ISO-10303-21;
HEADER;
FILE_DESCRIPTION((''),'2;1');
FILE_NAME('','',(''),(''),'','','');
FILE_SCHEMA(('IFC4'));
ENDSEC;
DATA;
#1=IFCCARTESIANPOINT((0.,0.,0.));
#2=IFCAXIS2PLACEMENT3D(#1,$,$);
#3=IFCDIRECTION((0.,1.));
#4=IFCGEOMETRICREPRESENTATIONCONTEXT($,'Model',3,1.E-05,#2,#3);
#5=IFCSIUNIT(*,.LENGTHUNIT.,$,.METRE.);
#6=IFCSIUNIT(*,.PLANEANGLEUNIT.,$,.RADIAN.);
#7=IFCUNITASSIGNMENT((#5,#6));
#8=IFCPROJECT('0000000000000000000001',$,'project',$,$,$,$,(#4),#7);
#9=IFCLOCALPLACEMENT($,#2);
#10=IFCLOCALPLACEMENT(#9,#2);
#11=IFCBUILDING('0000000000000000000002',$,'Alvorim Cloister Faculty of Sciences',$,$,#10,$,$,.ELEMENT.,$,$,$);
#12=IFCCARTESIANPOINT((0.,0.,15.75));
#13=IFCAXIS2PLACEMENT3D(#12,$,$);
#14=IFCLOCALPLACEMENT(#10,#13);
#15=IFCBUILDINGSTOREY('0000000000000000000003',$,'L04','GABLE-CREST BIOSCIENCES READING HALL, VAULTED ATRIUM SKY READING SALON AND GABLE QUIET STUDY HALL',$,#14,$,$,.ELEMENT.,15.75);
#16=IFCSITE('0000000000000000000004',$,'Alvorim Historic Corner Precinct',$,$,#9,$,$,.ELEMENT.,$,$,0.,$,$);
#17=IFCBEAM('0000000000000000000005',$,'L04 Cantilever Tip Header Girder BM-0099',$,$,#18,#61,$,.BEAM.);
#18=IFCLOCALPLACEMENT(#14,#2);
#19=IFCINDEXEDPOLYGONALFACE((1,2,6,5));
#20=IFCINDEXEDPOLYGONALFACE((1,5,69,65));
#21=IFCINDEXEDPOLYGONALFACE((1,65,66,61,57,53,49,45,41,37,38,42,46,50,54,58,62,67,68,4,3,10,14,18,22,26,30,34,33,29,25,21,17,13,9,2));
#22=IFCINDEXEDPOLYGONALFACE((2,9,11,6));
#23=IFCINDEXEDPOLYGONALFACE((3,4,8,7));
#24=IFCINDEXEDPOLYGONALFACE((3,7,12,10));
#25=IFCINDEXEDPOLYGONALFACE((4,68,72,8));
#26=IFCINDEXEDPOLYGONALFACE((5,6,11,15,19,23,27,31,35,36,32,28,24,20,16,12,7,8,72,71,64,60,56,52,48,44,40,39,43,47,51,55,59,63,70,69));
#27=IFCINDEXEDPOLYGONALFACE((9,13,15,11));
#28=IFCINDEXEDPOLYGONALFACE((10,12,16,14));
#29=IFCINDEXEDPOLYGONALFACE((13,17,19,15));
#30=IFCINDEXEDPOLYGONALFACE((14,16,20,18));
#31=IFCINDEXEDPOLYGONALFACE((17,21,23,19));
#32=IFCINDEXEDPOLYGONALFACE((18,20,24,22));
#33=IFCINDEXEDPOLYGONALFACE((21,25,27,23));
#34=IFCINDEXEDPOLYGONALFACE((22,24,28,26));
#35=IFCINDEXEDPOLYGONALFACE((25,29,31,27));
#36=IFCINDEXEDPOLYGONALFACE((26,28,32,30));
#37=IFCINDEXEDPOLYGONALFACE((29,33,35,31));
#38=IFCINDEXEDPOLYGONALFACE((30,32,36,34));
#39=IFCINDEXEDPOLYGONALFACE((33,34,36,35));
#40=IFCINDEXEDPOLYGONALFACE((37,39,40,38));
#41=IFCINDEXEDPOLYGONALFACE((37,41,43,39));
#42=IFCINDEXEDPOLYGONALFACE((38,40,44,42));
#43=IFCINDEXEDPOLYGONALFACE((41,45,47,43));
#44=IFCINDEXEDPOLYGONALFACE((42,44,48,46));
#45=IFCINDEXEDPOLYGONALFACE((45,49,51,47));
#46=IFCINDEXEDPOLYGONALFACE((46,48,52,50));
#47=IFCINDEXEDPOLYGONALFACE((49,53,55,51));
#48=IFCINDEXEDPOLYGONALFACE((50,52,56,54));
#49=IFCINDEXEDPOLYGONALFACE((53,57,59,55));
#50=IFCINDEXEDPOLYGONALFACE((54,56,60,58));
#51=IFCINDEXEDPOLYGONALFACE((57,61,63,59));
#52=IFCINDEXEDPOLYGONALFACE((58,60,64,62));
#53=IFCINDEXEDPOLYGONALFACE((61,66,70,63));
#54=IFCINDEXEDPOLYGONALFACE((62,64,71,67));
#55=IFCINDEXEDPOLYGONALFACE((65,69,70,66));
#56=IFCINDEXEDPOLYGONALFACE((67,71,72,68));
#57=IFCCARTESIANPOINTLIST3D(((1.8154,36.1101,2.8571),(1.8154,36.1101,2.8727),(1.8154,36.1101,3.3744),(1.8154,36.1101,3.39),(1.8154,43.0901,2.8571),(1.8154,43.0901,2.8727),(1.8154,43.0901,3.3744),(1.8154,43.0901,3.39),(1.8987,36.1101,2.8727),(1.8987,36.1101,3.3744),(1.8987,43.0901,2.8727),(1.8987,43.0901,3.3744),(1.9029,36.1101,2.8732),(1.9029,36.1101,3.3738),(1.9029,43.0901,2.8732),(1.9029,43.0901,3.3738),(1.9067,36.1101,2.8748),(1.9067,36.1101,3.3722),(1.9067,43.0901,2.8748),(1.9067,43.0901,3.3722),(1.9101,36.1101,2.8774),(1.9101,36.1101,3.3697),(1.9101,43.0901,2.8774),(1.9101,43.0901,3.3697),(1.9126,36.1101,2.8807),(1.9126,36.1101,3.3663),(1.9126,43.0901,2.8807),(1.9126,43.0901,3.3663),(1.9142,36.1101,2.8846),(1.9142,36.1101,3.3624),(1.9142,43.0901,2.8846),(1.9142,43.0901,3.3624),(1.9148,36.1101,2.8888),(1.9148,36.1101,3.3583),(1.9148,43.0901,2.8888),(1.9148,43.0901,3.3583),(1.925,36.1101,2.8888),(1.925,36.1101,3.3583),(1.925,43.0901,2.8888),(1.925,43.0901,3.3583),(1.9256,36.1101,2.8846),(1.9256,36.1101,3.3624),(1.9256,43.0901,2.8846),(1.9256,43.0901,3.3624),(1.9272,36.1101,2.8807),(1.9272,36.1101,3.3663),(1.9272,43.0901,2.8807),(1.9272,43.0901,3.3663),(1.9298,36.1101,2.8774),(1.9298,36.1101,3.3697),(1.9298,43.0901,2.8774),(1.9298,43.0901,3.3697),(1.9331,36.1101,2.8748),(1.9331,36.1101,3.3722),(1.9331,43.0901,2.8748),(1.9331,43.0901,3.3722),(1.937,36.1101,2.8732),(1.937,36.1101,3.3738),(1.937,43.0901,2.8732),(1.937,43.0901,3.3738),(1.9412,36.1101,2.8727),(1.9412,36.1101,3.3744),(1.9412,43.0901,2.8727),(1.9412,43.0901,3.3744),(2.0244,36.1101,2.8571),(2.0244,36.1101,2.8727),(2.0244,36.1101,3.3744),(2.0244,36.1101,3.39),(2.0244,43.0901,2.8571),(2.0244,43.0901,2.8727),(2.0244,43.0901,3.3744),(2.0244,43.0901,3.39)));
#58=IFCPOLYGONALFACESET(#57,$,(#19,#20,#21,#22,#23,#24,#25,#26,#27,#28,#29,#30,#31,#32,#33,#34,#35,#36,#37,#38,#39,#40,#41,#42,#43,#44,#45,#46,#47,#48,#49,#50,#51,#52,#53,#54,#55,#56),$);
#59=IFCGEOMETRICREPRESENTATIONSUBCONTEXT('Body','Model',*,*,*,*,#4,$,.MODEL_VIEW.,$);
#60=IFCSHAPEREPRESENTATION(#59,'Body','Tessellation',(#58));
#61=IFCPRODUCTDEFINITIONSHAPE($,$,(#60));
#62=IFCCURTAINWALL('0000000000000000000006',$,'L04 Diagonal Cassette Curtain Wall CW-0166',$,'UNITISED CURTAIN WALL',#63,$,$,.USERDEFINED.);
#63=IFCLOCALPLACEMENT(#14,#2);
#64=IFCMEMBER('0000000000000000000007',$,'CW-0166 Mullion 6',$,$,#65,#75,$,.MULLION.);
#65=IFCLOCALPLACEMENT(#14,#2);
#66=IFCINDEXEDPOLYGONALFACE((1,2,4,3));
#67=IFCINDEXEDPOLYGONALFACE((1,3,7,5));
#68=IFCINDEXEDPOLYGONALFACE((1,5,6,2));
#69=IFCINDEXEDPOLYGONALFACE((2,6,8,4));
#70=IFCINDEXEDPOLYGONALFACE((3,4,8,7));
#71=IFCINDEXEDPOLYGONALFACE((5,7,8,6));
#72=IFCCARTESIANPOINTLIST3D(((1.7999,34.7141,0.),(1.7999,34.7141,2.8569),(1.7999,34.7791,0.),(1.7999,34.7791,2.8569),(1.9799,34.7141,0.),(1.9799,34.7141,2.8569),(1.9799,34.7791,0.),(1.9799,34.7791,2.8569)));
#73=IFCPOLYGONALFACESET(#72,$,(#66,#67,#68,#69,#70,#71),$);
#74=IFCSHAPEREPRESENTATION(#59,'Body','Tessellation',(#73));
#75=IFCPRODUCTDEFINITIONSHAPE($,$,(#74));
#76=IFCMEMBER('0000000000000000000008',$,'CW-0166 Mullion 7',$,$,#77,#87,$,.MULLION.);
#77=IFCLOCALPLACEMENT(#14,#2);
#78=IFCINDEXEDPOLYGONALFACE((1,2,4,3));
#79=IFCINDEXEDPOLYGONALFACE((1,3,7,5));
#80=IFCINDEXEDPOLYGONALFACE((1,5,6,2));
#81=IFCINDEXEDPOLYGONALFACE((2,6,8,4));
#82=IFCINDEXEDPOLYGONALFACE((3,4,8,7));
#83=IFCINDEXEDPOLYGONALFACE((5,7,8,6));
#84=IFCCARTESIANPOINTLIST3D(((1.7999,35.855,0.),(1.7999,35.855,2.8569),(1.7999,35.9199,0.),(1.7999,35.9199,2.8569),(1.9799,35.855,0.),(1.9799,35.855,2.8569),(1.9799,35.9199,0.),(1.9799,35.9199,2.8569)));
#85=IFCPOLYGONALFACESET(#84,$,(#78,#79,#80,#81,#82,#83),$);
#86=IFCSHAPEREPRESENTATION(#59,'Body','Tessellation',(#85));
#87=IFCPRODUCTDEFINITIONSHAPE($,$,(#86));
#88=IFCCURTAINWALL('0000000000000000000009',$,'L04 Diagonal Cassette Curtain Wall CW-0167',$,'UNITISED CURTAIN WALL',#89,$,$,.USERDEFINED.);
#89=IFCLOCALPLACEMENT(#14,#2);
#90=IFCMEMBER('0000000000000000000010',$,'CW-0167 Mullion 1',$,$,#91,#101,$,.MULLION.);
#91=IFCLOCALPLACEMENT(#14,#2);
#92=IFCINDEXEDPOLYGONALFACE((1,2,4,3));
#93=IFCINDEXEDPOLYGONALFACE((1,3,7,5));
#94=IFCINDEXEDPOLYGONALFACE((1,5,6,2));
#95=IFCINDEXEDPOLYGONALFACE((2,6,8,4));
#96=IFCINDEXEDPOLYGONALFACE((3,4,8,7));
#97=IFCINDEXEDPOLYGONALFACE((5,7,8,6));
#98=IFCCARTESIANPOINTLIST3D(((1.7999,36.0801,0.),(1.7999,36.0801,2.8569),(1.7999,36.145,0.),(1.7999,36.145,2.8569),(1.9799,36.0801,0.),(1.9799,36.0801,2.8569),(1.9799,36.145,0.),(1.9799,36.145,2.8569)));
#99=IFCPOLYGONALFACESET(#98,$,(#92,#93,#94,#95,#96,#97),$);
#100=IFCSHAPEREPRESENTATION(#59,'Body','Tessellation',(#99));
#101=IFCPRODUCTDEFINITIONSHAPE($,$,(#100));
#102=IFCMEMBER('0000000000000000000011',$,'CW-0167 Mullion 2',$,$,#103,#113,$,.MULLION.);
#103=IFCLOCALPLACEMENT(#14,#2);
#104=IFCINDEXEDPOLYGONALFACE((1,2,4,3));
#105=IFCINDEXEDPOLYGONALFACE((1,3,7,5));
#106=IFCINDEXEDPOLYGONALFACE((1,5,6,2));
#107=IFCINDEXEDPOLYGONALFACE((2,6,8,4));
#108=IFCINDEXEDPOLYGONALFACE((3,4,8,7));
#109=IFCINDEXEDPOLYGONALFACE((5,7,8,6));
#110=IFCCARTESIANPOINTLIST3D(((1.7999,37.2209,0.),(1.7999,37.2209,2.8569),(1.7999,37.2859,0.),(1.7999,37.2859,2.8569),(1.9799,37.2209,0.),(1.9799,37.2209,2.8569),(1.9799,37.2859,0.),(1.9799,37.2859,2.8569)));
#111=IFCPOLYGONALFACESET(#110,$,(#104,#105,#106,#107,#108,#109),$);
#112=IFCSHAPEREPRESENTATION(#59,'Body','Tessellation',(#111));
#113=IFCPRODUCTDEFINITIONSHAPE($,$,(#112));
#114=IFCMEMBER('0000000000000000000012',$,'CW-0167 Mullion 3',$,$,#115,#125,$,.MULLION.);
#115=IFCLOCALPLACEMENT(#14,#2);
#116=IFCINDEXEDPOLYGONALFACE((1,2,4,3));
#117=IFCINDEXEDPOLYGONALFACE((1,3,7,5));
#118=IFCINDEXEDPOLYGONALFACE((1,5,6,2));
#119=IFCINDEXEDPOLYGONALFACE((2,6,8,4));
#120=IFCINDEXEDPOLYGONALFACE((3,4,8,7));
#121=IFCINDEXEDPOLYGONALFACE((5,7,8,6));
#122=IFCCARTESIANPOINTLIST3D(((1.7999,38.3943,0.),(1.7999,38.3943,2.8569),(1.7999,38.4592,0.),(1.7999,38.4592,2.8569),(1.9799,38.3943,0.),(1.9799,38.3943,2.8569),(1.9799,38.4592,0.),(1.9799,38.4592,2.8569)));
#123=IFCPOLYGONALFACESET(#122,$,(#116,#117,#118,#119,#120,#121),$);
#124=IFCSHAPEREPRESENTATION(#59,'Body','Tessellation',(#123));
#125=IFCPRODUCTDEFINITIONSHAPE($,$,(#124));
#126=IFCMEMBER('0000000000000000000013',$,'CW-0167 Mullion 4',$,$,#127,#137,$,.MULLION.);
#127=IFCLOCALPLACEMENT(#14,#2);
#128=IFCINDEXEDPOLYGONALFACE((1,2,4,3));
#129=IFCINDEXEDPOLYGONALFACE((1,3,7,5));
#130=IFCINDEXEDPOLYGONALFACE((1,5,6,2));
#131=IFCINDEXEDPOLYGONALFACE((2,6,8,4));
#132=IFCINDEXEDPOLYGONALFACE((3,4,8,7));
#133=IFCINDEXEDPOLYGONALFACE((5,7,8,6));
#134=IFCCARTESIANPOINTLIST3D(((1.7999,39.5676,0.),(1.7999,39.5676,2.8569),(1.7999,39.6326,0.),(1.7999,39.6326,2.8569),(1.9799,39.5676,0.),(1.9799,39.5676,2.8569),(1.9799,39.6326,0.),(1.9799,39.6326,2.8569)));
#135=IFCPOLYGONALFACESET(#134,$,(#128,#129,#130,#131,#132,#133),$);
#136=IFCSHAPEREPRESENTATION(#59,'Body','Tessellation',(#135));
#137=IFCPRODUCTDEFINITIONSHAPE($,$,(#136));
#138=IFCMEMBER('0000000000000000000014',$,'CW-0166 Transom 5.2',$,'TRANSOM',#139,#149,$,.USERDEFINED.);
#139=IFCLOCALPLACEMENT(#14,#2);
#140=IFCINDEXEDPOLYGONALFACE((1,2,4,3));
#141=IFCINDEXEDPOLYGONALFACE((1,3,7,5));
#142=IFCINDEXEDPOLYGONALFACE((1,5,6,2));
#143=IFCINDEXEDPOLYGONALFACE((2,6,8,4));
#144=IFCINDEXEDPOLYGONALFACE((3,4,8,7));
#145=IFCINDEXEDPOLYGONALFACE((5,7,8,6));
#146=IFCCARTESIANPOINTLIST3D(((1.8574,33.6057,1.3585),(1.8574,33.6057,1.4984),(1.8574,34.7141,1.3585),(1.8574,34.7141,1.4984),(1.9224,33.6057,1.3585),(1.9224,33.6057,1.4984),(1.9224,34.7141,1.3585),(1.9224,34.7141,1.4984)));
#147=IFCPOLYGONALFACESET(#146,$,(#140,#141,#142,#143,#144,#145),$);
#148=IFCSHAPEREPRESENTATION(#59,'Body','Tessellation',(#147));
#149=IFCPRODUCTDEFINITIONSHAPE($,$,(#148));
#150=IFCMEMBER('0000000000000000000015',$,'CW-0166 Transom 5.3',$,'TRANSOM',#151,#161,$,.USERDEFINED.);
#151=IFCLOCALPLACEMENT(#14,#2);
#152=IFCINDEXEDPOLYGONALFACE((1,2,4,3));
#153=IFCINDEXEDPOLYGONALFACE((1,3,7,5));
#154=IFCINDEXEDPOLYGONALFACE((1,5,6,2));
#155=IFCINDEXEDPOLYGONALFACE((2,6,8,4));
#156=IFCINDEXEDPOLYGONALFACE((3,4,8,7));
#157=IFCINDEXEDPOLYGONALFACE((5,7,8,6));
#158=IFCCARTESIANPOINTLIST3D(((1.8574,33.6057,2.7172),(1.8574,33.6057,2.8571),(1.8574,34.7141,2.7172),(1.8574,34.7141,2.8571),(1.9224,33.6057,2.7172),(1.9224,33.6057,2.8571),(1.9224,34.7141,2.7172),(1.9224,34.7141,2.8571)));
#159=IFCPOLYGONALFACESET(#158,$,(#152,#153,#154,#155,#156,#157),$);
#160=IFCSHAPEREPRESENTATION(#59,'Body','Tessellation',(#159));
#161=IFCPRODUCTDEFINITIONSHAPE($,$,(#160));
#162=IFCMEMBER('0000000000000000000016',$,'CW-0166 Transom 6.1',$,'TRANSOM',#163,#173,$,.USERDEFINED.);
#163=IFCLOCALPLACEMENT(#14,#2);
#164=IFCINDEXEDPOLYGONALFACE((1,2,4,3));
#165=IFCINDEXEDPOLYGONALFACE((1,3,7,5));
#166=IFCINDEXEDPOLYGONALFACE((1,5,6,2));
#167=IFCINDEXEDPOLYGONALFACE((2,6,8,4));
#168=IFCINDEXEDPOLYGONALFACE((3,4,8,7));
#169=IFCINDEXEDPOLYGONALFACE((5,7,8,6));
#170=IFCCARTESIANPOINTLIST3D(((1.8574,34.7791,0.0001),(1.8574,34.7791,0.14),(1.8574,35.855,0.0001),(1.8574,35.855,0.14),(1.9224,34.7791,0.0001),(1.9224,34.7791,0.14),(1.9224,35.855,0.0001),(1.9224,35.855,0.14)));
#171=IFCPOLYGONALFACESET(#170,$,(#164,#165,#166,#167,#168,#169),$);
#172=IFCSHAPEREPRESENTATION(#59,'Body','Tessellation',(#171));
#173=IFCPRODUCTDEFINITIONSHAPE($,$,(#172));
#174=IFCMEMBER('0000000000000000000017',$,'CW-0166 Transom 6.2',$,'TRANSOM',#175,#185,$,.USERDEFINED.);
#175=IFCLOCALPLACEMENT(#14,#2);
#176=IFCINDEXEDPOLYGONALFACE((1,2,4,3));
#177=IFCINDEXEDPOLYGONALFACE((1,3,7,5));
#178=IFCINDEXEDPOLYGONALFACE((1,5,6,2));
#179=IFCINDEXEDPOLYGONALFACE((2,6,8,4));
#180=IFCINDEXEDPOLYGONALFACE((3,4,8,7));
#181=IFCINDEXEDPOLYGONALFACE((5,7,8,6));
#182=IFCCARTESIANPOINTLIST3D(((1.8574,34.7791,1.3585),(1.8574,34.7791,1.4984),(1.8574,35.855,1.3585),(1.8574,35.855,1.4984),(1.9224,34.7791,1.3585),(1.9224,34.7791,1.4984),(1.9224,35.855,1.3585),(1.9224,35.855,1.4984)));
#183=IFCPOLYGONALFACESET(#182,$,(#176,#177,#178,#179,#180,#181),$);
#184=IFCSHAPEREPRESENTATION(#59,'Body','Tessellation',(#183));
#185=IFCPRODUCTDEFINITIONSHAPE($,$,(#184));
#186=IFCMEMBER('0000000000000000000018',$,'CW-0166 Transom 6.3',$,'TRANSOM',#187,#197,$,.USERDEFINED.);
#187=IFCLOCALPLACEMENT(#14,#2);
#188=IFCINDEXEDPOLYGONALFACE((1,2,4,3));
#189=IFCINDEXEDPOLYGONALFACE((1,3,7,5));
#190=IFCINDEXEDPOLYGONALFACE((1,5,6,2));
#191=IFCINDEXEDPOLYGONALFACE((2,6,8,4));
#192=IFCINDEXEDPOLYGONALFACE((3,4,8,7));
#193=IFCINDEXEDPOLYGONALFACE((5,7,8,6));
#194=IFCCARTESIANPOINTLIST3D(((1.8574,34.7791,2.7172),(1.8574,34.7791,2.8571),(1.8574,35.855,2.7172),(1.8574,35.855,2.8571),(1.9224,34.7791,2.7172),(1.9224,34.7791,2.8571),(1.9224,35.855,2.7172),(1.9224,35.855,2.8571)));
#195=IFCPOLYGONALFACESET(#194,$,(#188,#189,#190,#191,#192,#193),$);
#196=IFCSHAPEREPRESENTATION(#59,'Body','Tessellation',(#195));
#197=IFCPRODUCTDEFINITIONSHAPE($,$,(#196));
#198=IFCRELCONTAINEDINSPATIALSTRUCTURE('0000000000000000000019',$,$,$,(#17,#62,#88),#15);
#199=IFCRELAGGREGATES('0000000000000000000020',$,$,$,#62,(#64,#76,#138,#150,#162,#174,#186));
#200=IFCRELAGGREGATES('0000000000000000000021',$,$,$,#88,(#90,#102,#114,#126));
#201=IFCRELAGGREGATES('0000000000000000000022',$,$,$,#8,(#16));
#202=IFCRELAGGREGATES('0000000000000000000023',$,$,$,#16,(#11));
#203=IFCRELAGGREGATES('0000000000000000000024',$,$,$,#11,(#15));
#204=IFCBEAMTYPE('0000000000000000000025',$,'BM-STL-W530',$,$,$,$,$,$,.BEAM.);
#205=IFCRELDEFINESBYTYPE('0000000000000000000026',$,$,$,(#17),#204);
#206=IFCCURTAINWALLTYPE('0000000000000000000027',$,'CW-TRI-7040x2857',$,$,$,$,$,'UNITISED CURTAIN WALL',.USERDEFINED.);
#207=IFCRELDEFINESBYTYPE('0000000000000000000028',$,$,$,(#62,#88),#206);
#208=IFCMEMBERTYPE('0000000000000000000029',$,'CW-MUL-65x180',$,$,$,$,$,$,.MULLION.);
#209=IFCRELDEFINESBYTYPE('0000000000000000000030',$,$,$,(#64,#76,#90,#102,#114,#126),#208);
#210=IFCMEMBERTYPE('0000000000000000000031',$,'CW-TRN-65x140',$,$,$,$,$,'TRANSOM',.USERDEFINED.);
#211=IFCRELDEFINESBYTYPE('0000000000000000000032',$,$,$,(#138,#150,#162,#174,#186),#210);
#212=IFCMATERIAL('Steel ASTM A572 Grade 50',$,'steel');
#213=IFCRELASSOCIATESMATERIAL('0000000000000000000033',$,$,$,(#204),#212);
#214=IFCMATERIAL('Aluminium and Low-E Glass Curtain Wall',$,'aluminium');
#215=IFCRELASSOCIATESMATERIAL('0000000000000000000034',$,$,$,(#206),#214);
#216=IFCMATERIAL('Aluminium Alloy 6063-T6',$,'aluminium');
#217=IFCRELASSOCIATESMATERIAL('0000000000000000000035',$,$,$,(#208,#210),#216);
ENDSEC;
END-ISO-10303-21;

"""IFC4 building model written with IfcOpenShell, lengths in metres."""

from ifc_helpers import new_model, si_unit, direction, frame, origin, origin_2d, place, context, subcontext, project, spatial, rectangle, i_section, extrude, material, material_profile, profile_set, type_object, element, aggregate, save


model = new_model("IFC4")

# Units and contexts
model_context = context("Model", 3, precision=1e-05, world=origin(), true_north=direction((0.0, 1.0)))
body_context = subcontext(model_context, "Body", "Model", "MODEL_VIEW")
ifc_project = project(units=[si_unit("LENGTHUNIT", "METRE"), si_unit("PLANEANGLEUNIT", "RADIAN")], contexts=[model_context])

# Site, building, storey
site_placement = place(None, origin())
site = spatial("IfcSite", under=ifc_project, at=site_placement, Name="Alvorim Historic Corner Precinct", CompositionType="ELEMENT", RefElevation=0.0)
building_placement = place(site_placement, origin())
building = spatial("IfcBuilding", under=site, at=building_placement, Name="Alvorim Cloister Faculty of Sciences", CompositionType="ELEMENT")
storey_placement = place(building_placement, frame((0.0, 0.0, 15.75)))
storey = spatial("IfcBuildingStorey", under=building, at=storey_placement, Name="L04", Description="GABLE-CREST BIOSCIENCES READING HALL, VAULTED ATRIUM SKY READING SALON AND GABLE QUIET STUDY HALL", CompositionType="ELEMENT", Elevation=15.75)

# Beam
ifc_material_1 = material(Name="Steel ASTM A572 Grade 50", Category="steel")
ifc_material_profile_1 = material_profile(ifc_material_1, i_section(OverallWidth=0.209, OverallDepth=0.533, WebThickness=0.0103, FlangeThickness=0.0156, FilletRadius=0.0161, at=origin_2d()), Name="W530x92.0")
ifc_profile_set_1 = profile_set([ifc_material_profile_1], Name="Steel ASTM A572 Grade 50")
beam_type = type_object("IfcBeamType", Name="BM-STL-W530", PredefinedType="BEAM", material=ifc_profile_set_1)
beam_placement = place(storey_placement, frame((1.9199, 36.1101, 3.1235), z_axis=(0.0, 1.0, 0.0), x_axis=(-1.0, 0.0, 0.0)))
element("IfcBeam", 1, at=beam_placement, inside=storey, type_object=beam_type, Name="L04 Cantilever Tip Header Girder BM-0099", PredefinedType="BEAM", context=body_context, shape_type="SweptSolid", body=[
    extrude(i_section(OverallWidth=0.209, OverallDepth=0.533, WebThickness=0.0103, FlangeThickness=0.0156, FilletRadius=0.0161, at=origin_2d()), origin(), (0.0, 0.0, 1.0), 6.98),
])

# Curtain walls, members
ifc_material_2 = material(Name="Aluminium and Low-E Glass Curtain Wall", Category="aluminium")
curtain_wall_type = type_object("IfcCurtainWallType", Name="CW-TRI-7040x2857", ElementType="UNITISED CURTAIN WALL", PredefinedType="USERDEFINED", material=ifc_material_2)
curtain_wall_1_placement = place(storey_placement, origin())
curtain_wall_1 = element("IfcCurtainWall", 2, at=curtain_wall_1_placement, inside=storey, type_object=curtain_wall_type, Name="L04 Diagonal Cassette Curtain Wall CW-0166", ObjectType="UNITISED CURTAIN WALL", PredefinedType="USERDEFINED")
ifc_material_3 = material(Name="Aluminium Alloy 6063-T6", Category="aluminium")
ifc_material_profile_2 = material_profile(ifc_material_3, rectangle(XDim=0.0649, YDim=0.1799, at=origin_2d()), Name="ALU-MUL-65x180")
ifc_profile_set_2 = profile_set([ifc_material_profile_2], Name="Aluminium Alloy 6063-T6")
member_type_1 = type_object("IfcMemberType", Name="CW-MUL-65x180", PredefinedType="MULLION", material=ifc_profile_set_2)
member_1_placement = place(storey_placement, frame((1.8899, 34.7466, 0.0), z_axis=(0.0, 0.0, 1.0), x_axis=(0.0, 1.0, 0.0)))
member_1 = element("IfcMember", 3, at=member_1_placement, type_object=member_type_1, Name="CW-0166 Mullion 6", PredefinedType="MULLION", context=body_context, shape_type="SweptSolid", body=[
    extrude(rectangle(XDim=0.0649, YDim=0.1799, at=origin_2d()), origin(), (0.0, 0.0, 1.0), 2.8569),
])
member_2_placement = place(storey_placement, frame((1.8899, 35.8875, 0.0), z_axis=(0.0, 0.0, 1.0), x_axis=(0.0, 1.0, 0.0)))
member_2 = element("IfcMember", 4, at=member_2_placement, type_object=member_type_1, Name="CW-0166 Mullion 7", PredefinedType="MULLION", context=body_context, shape_type="SweptSolid", body=[
    extrude(rectangle(XDim=0.0649, YDim=0.1799, at=origin_2d()), origin(), (0.0, 0.0, 1.0), 2.8569),
])
curtain_wall_2_placement = place(storey_placement, origin())
curtain_wall_2 = element("IfcCurtainWall", 5, at=curtain_wall_2_placement, inside=storey, type_object=curtain_wall_type, Name="L04 Diagonal Cassette Curtain Wall CW-0167", ObjectType="UNITISED CURTAIN WALL", PredefinedType="USERDEFINED")
member_3_placement = place(storey_placement, frame((1.8899, 36.1125, 0.0), z_axis=(0.0, 0.0, 1.0), x_axis=(0.0, 1.0, 0.0)))
member_3 = element("IfcMember", 6, at=member_3_placement, type_object=member_type_1, Name="CW-0167 Mullion 1", PredefinedType="MULLION", context=body_context, shape_type="SweptSolid", body=[
    extrude(rectangle(XDim=0.0649, YDim=0.1799, at=origin_2d()), origin(), (0.0, 0.0, 1.0), 2.8569),
])
member_4_placement = place(storey_placement, frame((1.8899, 37.2534, 0.0), z_axis=(0.0, 0.0, 1.0), x_axis=(0.0, 1.0, 0.0)))
member_4 = element("IfcMember", 7, at=member_4_placement, type_object=member_type_1, Name="CW-0167 Mullion 2", PredefinedType="MULLION", context=body_context, shape_type="SweptSolid", body=[
    extrude(rectangle(XDim=0.0649, YDim=0.1799, at=origin_2d()), origin(), (0.0, 0.0, 1.0), 2.8569),
])
member_5_placement = place(storey_placement, frame((1.8899, 38.4268, 0.0), z_axis=(0.0, 0.0, 1.0), x_axis=(0.0, 1.0, 0.0)))
member_5 = element("IfcMember", 8, at=member_5_placement, type_object=member_type_1, Name="CW-0167 Mullion 3", PredefinedType="MULLION", context=body_context, shape_type="SweptSolid", body=[
    extrude(rectangle(XDim=0.0649, YDim=0.1799, at=origin_2d()), origin(), (0.0, 0.0, 1.0), 2.8569),
])
member_6_placement = place(storey_placement, frame((1.8899, 39.6001, 0.0), z_axis=(0.0, 0.0, 1.0), x_axis=(0.0, 1.0, 0.0)))
member_6 = element("IfcMember", 9, at=member_6_placement, type_object=member_type_1, Name="CW-0167 Mullion 4", PredefinedType="MULLION", context=body_context, shape_type="SweptSolid", body=[
    extrude(rectangle(XDim=0.0649, YDim=0.1799, at=origin_2d()), origin(), (0.0, 0.0, 1.0), 2.8569),
])

# Members
ifc_material_profile_3 = material_profile(ifc_material_3, rectangle(XDim=0.0649, YDim=0.1399, at=origin_2d()), Name="ALU-TRN-65x140")
ifc_profile_set_3 = profile_set([ifc_material_profile_3], Name="Aluminium Alloy 6063-T6")
member_type_2 = type_object("IfcMemberType", Name="CW-TRN-65x140", ElementType="TRANSOM", PredefinedType="USERDEFINED", material=ifc_profile_set_3)
member_7_placement = place(storey_placement, frame((1.8899, 33.6057, 1.4285), z_axis=(0.0, 1.0, 0.0), x_axis=(-1.0, 0.0, 0.0)))
member_7 = element("IfcMember", 10, at=member_7_placement, type_object=member_type_2, Name="CW-0166 Transom 5.2", ObjectType="TRANSOM", PredefinedType="USERDEFINED", context=body_context, shape_type="SweptSolid", body=[
    extrude(rectangle(XDim=0.0649, YDim=0.1399, at=origin_2d()), origin(), (0.0, 0.0, 1.0), 1.1084),
])
member_8_placement = place(storey_placement, frame((1.8899, 33.6057, 2.7871), z_axis=(0.0, 1.0, 0.0), x_axis=(-1.0, 0.0, 0.0)))
member_8 = element("IfcMember", 11, at=member_8_placement, type_object=member_type_2, Name="CW-0166 Transom 5.3", ObjectType="TRANSOM", PredefinedType="USERDEFINED", context=body_context, shape_type="SweptSolid", body=[
    extrude(rectangle(XDim=0.0649, YDim=0.1399, at=origin_2d()), origin(), (0.0, 0.0, 1.0), 1.1084),
])
member_9_placement = place(storey_placement, frame((1.8899, 34.7791, 0.0701), z_axis=(0.0, 1.0, 0.0), x_axis=(-1.0, 0.0, 0.0)))
member_9 = element("IfcMember", 12, at=member_9_placement, type_object=member_type_2, Name="CW-0166 Transom 6.1", ObjectType="TRANSOM", PredefinedType="USERDEFINED", context=body_context, shape_type="SweptSolid", body=[
    extrude(rectangle(XDim=0.0649, YDim=0.1399, at=origin_2d()), origin(), (0.0, 0.0, 1.0), 1.0759),
])
member_10_placement = place(storey_placement, frame((1.8899, 34.7791, 1.4285), z_axis=(0.0, 1.0, 0.0), x_axis=(-1.0, 0.0, 0.0)))
member_10 = element("IfcMember", 13, at=member_10_placement, type_object=member_type_2, Name="CW-0166 Transom 6.2", ObjectType="TRANSOM", PredefinedType="USERDEFINED", context=body_context, shape_type="SweptSolid", body=[
    extrude(rectangle(XDim=0.0649, YDim=0.1399, at=origin_2d()), origin(), (0.0, 0.0, 1.0), 1.0759),
])
member_11_placement = place(storey_placement, frame((1.8899, 34.7791, 2.7871), z_axis=(0.0, 1.0, 0.0), x_axis=(-1.0, 0.0, 0.0)))
member_11 = element("IfcMember", 14, at=member_11_placement, type_object=member_type_2, Name="CW-0166 Transom 6.3", ObjectType="TRANSOM", PredefinedType="USERDEFINED", context=body_context, shape_type="SweptSolid", body=[
    extrude(rectangle(XDim=0.0649, YDim=0.1399, at=origin_2d()), origin(), (0.0, 0.0, 1.0), 1.0759),
])
aggregate(curtain_wall_1, [member_1, member_2, member_7, member_8, member_9, member_10, member_11])
aggregate(curtain_wall_2, [member_3, member_4, member_5, member_6])

save(model, "model.ifc")
